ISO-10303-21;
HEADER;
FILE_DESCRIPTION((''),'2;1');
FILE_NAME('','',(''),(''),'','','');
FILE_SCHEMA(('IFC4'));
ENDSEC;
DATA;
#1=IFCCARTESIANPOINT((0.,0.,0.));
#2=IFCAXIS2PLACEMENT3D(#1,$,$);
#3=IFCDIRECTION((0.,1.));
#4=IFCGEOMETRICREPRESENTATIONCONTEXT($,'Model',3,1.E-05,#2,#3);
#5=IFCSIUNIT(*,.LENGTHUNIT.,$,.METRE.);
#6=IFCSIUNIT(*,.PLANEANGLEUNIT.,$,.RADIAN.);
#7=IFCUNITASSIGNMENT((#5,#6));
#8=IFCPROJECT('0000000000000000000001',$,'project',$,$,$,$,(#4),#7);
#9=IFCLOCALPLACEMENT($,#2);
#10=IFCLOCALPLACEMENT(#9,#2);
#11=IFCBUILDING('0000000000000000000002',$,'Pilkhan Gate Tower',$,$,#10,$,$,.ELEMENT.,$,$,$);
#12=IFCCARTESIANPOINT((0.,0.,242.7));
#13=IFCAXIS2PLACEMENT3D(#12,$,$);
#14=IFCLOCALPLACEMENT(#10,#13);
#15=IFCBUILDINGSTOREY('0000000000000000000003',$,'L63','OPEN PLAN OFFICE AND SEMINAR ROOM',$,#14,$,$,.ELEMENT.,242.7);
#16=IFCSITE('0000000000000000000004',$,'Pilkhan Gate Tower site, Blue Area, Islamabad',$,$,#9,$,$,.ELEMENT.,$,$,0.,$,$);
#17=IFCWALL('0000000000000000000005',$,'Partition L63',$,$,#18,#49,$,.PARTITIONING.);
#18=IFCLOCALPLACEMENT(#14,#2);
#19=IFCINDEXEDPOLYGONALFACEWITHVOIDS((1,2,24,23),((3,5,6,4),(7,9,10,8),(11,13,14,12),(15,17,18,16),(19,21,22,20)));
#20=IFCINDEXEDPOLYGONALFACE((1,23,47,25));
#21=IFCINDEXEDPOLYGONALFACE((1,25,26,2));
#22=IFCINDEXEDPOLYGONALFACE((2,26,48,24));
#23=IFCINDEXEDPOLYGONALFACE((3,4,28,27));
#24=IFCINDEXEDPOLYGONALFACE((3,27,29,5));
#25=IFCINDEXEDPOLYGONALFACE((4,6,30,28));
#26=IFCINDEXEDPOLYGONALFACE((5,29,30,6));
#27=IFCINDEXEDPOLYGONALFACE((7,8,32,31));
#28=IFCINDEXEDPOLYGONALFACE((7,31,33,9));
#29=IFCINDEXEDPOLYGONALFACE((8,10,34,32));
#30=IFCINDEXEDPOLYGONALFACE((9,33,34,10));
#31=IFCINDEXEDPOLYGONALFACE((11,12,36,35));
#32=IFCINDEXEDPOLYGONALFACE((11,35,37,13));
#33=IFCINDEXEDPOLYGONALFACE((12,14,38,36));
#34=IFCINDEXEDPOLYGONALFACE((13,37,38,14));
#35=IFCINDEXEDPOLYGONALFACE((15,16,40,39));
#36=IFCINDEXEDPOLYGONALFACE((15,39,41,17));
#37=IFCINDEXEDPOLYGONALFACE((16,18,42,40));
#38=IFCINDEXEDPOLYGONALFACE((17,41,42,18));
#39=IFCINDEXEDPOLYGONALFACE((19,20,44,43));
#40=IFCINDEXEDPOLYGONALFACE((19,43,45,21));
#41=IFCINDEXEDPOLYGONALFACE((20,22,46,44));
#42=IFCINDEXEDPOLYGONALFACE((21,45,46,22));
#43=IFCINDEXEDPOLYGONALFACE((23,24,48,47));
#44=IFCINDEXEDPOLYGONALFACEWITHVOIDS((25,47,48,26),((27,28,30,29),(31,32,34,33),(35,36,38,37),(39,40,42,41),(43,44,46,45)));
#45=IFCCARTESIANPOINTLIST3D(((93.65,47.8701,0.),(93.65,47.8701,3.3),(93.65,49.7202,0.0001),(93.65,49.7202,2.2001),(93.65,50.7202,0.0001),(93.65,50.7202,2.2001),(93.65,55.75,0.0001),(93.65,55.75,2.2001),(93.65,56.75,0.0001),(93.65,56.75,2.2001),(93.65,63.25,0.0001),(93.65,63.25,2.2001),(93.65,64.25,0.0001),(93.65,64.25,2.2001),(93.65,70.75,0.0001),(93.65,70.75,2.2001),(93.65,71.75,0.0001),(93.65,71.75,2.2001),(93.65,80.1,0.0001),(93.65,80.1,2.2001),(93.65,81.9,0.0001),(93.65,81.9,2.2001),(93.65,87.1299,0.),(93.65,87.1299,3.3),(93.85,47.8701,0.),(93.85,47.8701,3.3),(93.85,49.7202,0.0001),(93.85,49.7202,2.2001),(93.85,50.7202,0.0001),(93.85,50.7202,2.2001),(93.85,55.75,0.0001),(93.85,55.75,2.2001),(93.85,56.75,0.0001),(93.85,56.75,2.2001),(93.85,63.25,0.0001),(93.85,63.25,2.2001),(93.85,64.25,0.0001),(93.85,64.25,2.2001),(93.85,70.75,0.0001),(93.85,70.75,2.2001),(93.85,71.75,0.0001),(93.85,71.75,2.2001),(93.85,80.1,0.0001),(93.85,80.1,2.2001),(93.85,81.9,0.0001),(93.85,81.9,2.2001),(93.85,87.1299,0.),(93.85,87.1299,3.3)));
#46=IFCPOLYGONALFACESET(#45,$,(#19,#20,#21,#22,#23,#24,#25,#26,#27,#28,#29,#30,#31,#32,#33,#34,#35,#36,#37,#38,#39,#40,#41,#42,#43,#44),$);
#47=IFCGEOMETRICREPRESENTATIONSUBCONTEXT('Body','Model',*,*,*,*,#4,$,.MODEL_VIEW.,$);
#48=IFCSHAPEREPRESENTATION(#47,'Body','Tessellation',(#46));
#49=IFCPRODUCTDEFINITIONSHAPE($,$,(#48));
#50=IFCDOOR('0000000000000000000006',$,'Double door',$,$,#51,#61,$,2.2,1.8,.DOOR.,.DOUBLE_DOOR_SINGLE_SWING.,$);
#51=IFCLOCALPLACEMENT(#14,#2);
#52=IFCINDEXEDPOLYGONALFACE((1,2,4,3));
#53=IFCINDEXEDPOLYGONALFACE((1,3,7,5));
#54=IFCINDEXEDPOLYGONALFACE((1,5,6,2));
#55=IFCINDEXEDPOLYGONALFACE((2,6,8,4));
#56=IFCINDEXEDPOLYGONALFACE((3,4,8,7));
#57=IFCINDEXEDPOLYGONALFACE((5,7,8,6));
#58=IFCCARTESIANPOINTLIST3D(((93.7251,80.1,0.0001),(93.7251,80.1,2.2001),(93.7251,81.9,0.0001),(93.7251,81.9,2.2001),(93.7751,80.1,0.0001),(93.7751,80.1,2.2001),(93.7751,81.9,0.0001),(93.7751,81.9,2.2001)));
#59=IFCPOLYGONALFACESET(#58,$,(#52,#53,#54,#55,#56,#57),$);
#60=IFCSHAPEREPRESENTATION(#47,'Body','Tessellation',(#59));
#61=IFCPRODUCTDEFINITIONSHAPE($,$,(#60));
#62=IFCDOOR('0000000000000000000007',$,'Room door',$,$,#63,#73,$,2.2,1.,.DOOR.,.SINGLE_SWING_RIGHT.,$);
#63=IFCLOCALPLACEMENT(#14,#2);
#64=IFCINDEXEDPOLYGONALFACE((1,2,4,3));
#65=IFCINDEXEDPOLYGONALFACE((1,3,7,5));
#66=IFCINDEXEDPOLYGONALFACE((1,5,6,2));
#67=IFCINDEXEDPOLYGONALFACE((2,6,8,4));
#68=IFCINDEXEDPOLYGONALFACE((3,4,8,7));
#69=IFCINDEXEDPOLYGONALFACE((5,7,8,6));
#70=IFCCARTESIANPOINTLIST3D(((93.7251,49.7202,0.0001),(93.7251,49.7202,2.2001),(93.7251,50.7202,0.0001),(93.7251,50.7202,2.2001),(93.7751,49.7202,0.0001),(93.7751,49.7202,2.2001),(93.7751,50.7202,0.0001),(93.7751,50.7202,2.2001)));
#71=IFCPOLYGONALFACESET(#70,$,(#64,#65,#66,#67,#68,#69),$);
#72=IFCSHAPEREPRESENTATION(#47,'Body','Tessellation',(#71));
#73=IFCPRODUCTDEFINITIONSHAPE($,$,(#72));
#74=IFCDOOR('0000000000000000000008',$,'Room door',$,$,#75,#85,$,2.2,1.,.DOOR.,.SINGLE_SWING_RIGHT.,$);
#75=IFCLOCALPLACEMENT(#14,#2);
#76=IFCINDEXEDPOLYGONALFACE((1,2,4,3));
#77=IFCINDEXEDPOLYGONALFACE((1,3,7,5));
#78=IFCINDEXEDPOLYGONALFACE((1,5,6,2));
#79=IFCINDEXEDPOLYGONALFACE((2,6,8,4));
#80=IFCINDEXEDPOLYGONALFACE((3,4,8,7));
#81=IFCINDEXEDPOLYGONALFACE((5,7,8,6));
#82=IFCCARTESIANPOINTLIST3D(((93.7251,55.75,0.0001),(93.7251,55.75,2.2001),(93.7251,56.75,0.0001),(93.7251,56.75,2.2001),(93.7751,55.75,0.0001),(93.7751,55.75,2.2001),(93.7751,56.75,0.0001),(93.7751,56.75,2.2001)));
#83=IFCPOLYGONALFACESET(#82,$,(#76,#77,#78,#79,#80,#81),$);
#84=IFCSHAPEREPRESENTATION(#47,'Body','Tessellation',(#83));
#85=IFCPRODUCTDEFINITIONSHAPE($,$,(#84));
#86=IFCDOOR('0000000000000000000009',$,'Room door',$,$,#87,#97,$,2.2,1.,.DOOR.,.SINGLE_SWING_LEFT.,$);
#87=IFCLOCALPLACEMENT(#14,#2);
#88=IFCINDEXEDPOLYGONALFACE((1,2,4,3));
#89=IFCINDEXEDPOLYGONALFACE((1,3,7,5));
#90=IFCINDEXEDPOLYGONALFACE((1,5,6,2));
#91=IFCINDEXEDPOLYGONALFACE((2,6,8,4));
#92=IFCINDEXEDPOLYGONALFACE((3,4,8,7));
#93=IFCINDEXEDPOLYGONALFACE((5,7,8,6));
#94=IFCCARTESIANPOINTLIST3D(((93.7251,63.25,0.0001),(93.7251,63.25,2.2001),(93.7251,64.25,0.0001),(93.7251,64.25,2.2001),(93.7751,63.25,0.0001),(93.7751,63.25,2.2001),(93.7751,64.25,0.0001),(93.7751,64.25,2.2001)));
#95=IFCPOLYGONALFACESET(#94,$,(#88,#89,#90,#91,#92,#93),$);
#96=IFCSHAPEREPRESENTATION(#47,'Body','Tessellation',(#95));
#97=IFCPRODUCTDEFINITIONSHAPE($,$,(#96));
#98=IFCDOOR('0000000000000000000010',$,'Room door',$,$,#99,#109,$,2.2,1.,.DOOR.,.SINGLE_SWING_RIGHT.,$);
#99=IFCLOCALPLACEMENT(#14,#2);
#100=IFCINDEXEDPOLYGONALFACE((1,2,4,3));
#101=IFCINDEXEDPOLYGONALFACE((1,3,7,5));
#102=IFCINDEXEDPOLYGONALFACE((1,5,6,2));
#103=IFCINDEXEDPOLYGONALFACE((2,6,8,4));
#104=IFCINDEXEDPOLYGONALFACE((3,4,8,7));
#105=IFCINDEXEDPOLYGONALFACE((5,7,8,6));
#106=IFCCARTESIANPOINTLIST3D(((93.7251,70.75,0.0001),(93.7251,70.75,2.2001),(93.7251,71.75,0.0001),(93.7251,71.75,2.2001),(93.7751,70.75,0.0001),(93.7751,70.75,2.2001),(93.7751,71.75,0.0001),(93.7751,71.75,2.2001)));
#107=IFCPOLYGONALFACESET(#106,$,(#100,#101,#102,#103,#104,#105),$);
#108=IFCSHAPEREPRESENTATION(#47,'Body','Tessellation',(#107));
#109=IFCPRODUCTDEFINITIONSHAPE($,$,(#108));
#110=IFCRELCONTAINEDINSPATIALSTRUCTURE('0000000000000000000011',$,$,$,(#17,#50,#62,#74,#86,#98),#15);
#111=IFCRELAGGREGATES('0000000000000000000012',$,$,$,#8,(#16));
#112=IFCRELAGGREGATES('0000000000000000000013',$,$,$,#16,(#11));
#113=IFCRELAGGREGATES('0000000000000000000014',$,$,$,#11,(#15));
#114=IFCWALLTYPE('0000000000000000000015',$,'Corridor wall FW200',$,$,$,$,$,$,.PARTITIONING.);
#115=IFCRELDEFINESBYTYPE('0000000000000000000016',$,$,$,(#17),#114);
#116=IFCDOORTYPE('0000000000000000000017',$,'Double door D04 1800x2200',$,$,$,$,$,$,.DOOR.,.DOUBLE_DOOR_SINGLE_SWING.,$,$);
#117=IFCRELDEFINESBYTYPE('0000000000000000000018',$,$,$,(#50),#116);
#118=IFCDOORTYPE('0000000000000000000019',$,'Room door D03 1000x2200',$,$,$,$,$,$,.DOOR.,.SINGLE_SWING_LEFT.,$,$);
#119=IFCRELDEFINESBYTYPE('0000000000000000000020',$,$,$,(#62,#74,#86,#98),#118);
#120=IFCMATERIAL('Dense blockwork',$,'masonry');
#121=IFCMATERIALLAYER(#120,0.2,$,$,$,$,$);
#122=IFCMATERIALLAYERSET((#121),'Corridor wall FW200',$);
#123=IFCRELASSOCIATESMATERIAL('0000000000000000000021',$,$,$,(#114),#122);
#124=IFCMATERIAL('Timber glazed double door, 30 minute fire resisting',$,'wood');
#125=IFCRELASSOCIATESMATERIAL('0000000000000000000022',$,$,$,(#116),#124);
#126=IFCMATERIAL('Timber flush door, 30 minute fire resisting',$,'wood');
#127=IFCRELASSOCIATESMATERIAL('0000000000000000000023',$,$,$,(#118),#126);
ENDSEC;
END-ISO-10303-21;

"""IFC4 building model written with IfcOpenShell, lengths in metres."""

from ifc_helpers import new_model, si_unit, direction, frame, frame_2d, origin, place, context, subcontext, project, spatial, rectangle, extrude, material, layer, layer_set, type_object, element, fill, save


model = new_model("IFC4")

# Units and contexts
model_context = context("Model", 3, precision=1e-05, world=origin(), true_north=direction((0.0, 1.0)))
body_context = subcontext(model_context, "Body", "Model", "MODEL_VIEW")
ifc_project = project(units=[si_unit("LENGTHUNIT", "METRE"), si_unit("PLANEANGLEUNIT", "RADIAN")], contexts=[model_context])

# Site, building, storey
site_placement = place(None, origin())
site = spatial("IfcSite", under=ifc_project, at=site_placement, Name="Pilkhan Gate Tower site, Blue Area, Islamabad", CompositionType="ELEMENT", RefElevation=0.0)
building_placement = place(site_placement, origin())
building = spatial("IfcBuilding", under=site, at=building_placement, Name="Pilkhan Gate Tower", CompositionType="ELEMENT")
storey_placement = place(building_placement, frame((0.0, 0.0, 242.7)))
storey = spatial("IfcBuildingStorey", under=building, at=storey_placement, Name="L63", Description="OPEN PLAN OFFICE AND SEMINAR ROOM", CompositionType="ELEMENT", Elevation=242.7)

# Shared definitions
ifc_material_1 = material(Name="Dense blockwork", Category="masonry")
ifc_layer_1 = layer(ifc_material_1, 0.2)
ifc_layer_set_1 = layer_set([ifc_layer_1], Name="Corridor wall FW200")
wall_type = type_object("IfcWallType", Name="Corridor wall FW200", PredefinedType="PARTITIONING", material=ifc_layer_set_1)

# Wall, openings, doors
wall_1_placement = place(storey_placement, frame((93.75, 47.8701, 0.0), z_axis=(0.0, 0.0, 1.0), x_axis=(0.0, 1.0, 0.0)))
wall_1 = element("IfcWall", 1, at=wall_1_placement, inside=storey, type_object=wall_type, Name="Partition L63", PredefinedType="PARTITIONING", context=body_context, shape_type="SweptSolid", body=[
    extrude(rectangle(XDim=39.2598, YDim=0.2, at=frame_2d((19.6299, 0.0))), origin(), (0.0, 0.0, 1.0), 3.3),
])
opening_1_placement = place(wall_1_placement, frame((1.8501, 0.0, 0.0)))
opening_1 = element("IfcOpeningElement", 2, at=opening_1_placement, cuts=wall_1, PredefinedType="OPENING", context=body_context, shape_type="SweptSolid", body=[
    extrude(rectangle(XDim=1.0, YDim=2.2, at=frame_2d((0.5, 1.1001))), frame((0.0, 0.1099, 0.0), z_axis=(0.0, -1.0, 0.0), x_axis=(1.0, 0.0, 0.0)), (0.0, 0.0, 1.0), 0.22),
])
opening_2_placement = place(wall_1_placement, frame((7.8799, 0.0, 0.0)))
opening_2 = element("IfcOpeningElement", 3, at=opening_2_placement, cuts=wall_1, PredefinedType="OPENING", context=body_context, shape_type="SweptSolid", body=[
    extrude(rectangle(XDim=1.0, YDim=2.2, at=frame_2d((0.5, 1.1001))), frame((0.0, 0.1099, 0.0), z_axis=(0.0, -1.0, 0.0), x_axis=(1.0, 0.0, 0.0)), (0.0, 0.0, 1.0), 0.22),
])
opening_3_placement = place(wall_1_placement, frame((15.3799, 0.0, 0.0)))
opening_3 = element("IfcOpeningElement", 4, at=opening_3_placement, cuts=wall_1, PredefinedType="OPENING", context=body_context, shape_type="SweptSolid", body=[
    extrude(rectangle(XDim=1.0, YDim=2.2, at=frame_2d((0.5, 1.1001))), frame((0.0, 0.1099, 0.0), z_axis=(0.0, -1.0, 0.0), x_axis=(1.0, 0.0, 0.0)), (0.0, 0.0, 1.0), 0.22),
])
opening_4_placement = place(wall_1_placement, frame((22.8799, 0.0, 0.0)))
opening_4 = element("IfcOpeningElement", 5, at=opening_4_placement, cuts=wall_1, PredefinedType="OPENING", context=body_context, shape_type="SweptSolid", body=[
    extrude(rectangle(XDim=1.0, YDim=2.2, at=frame_2d((0.5, 1.1001))), frame((0.0, 0.1099, 0.0), z_axis=(0.0, -1.0, 0.0), x_axis=(1.0, 0.0, 0.0)), (0.0, 0.0, 1.0), 0.22),
])
opening_5_placement = place(wall_1_placement, frame((32.23, 0.0, 0.0)))
opening_5 = element("IfcOpeningElement", 6, at=opening_5_placement, cuts=wall_1, PredefinedType="OPENING", context=body_context, shape_type="SweptSolid", body=[
    extrude(rectangle(XDim=1.8, YDim=2.2, at=frame_2d((0.8999, 1.1001))), frame((0.0, 0.1099, 0.0), z_axis=(0.0, -1.0, 0.0), x_axis=(1.0, 0.0, 0.0)), (0.0, 0.0, 1.0), 0.22),
])
ifc_material_2 = material(Name="Timber glazed double door, 30 minute fire resisting", Category="wood")
door_type_1 = type_object("IfcDoorType", Name="Double door D04 1800x2200", OperationType="DOUBLE_DOOR_SINGLE_SWING", PredefinedType="DOOR", material=ifc_material_2)
door_1_placement = place(opening_5_placement, origin())
door_1 = element("IfcDoor", 7, at=door_1_placement, inside=storey, type_object=door_type_1, Name="Double door", OperationType="DOUBLE_DOOR_SINGLE_SWING", OverallHeight=2.2, OverallWidth=1.8, PredefinedType="DOOR", context=body_context, shape_type="SweptSolid", body=[
    extrude(rectangle(XDim=1.8, YDim=2.2, at=frame_2d((0.8999, 1.1001))), frame((0.0, 0.0249, 0.0), z_axis=(0.0, -1.0, 0.0), x_axis=(1.0, 0.0, 0.0)), (0.0, 0.0, 1.0), 0.05),
])
fill(opening_5, door_1)
ifc_material_3 = material(Name="Timber flush door, 30 minute fire resisting", Category="wood")
door_type_2 = type_object("IfcDoorType", Name="Room door D03 1000x2200", OperationType="SINGLE_SWING_LEFT", PredefinedType="DOOR", material=ifc_material_3)
door_2_placement = place(opening_1_placement, origin())
door_2 = element("IfcDoor", 8, at=door_2_placement, inside=storey, type_object=door_type_2, Name="Room door", OperationType="SINGLE_SWING_RIGHT", OverallHeight=2.2, OverallWidth=1.0, PredefinedType="DOOR", context=body_context, shape_type="SweptSolid", body=[
    extrude(rectangle(XDim=1.0, YDim=2.2, at=frame_2d((0.5, 1.1001))), frame((0.0, 0.0249, 0.0), z_axis=(0.0, -1.0, 0.0), x_axis=(1.0, 0.0, 0.0)), (0.0, 0.0, 1.0), 0.05),
])
fill(opening_1, door_2)
door_3_placement = place(opening_2_placement, origin())
door_3 = element("IfcDoor", 9, at=door_3_placement, inside=storey, type_object=door_type_2, Name="Room door", OperationType="SINGLE_SWING_RIGHT", OverallHeight=2.2, OverallWidth=1.0, PredefinedType="DOOR", context=body_context, shape_type="SweptSolid", body=[
    extrude(rectangle(XDim=1.0, YDim=2.2, at=frame_2d((0.5, 1.1001))), frame((0.0, 0.0249, 0.0), z_axis=(0.0, -1.0, 0.0), x_axis=(1.0, 0.0, 0.0)), (0.0, 0.0, 1.0), 0.05),
])
fill(opening_2, door_3)
door_4_placement = place(opening_3_placement, origin())
door_4 = element("IfcDoor", 10, at=door_4_placement, inside=storey, type_object=door_type_2, Name="Room door", OperationType="SINGLE_SWING_LEFT", OverallHeight=2.2, OverallWidth=1.0, PredefinedType="DOOR", context=body_context, shape_type="SweptSolid", body=[
    extrude(rectangle(XDim=1.0, YDim=2.2, at=frame_2d((0.5, 1.1001))), frame((0.0, 0.0249, 0.0), z_axis=(0.0, -1.0, 0.0), x_axis=(1.0, 0.0, 0.0)), (0.0, 0.0, 1.0), 0.05),
])
fill(opening_3, door_4)
door_5_placement = place(opening_4_placement, origin())
door_5 = element("IfcDoor", 11, at=door_5_placement, inside=storey, type_object=door_type_2, Name="Room door", OperationType="SINGLE_SWING_RIGHT", OverallHeight=2.2, OverallWidth=1.0, PredefinedType="DOOR", context=body_context, shape_type="SweptSolid", body=[
    extrude(rectangle(XDim=1.0, YDim=2.2, at=frame_2d((0.5, 1.1001))), frame((0.0, 0.0249, 0.0), z_axis=(0.0, -1.0, 0.0), x_axis=(1.0, 0.0, 0.0)), (0.0, 0.0, 1.0), 0.05),
])
fill(opening_4, door_5)

save(model, "model.ifc")
